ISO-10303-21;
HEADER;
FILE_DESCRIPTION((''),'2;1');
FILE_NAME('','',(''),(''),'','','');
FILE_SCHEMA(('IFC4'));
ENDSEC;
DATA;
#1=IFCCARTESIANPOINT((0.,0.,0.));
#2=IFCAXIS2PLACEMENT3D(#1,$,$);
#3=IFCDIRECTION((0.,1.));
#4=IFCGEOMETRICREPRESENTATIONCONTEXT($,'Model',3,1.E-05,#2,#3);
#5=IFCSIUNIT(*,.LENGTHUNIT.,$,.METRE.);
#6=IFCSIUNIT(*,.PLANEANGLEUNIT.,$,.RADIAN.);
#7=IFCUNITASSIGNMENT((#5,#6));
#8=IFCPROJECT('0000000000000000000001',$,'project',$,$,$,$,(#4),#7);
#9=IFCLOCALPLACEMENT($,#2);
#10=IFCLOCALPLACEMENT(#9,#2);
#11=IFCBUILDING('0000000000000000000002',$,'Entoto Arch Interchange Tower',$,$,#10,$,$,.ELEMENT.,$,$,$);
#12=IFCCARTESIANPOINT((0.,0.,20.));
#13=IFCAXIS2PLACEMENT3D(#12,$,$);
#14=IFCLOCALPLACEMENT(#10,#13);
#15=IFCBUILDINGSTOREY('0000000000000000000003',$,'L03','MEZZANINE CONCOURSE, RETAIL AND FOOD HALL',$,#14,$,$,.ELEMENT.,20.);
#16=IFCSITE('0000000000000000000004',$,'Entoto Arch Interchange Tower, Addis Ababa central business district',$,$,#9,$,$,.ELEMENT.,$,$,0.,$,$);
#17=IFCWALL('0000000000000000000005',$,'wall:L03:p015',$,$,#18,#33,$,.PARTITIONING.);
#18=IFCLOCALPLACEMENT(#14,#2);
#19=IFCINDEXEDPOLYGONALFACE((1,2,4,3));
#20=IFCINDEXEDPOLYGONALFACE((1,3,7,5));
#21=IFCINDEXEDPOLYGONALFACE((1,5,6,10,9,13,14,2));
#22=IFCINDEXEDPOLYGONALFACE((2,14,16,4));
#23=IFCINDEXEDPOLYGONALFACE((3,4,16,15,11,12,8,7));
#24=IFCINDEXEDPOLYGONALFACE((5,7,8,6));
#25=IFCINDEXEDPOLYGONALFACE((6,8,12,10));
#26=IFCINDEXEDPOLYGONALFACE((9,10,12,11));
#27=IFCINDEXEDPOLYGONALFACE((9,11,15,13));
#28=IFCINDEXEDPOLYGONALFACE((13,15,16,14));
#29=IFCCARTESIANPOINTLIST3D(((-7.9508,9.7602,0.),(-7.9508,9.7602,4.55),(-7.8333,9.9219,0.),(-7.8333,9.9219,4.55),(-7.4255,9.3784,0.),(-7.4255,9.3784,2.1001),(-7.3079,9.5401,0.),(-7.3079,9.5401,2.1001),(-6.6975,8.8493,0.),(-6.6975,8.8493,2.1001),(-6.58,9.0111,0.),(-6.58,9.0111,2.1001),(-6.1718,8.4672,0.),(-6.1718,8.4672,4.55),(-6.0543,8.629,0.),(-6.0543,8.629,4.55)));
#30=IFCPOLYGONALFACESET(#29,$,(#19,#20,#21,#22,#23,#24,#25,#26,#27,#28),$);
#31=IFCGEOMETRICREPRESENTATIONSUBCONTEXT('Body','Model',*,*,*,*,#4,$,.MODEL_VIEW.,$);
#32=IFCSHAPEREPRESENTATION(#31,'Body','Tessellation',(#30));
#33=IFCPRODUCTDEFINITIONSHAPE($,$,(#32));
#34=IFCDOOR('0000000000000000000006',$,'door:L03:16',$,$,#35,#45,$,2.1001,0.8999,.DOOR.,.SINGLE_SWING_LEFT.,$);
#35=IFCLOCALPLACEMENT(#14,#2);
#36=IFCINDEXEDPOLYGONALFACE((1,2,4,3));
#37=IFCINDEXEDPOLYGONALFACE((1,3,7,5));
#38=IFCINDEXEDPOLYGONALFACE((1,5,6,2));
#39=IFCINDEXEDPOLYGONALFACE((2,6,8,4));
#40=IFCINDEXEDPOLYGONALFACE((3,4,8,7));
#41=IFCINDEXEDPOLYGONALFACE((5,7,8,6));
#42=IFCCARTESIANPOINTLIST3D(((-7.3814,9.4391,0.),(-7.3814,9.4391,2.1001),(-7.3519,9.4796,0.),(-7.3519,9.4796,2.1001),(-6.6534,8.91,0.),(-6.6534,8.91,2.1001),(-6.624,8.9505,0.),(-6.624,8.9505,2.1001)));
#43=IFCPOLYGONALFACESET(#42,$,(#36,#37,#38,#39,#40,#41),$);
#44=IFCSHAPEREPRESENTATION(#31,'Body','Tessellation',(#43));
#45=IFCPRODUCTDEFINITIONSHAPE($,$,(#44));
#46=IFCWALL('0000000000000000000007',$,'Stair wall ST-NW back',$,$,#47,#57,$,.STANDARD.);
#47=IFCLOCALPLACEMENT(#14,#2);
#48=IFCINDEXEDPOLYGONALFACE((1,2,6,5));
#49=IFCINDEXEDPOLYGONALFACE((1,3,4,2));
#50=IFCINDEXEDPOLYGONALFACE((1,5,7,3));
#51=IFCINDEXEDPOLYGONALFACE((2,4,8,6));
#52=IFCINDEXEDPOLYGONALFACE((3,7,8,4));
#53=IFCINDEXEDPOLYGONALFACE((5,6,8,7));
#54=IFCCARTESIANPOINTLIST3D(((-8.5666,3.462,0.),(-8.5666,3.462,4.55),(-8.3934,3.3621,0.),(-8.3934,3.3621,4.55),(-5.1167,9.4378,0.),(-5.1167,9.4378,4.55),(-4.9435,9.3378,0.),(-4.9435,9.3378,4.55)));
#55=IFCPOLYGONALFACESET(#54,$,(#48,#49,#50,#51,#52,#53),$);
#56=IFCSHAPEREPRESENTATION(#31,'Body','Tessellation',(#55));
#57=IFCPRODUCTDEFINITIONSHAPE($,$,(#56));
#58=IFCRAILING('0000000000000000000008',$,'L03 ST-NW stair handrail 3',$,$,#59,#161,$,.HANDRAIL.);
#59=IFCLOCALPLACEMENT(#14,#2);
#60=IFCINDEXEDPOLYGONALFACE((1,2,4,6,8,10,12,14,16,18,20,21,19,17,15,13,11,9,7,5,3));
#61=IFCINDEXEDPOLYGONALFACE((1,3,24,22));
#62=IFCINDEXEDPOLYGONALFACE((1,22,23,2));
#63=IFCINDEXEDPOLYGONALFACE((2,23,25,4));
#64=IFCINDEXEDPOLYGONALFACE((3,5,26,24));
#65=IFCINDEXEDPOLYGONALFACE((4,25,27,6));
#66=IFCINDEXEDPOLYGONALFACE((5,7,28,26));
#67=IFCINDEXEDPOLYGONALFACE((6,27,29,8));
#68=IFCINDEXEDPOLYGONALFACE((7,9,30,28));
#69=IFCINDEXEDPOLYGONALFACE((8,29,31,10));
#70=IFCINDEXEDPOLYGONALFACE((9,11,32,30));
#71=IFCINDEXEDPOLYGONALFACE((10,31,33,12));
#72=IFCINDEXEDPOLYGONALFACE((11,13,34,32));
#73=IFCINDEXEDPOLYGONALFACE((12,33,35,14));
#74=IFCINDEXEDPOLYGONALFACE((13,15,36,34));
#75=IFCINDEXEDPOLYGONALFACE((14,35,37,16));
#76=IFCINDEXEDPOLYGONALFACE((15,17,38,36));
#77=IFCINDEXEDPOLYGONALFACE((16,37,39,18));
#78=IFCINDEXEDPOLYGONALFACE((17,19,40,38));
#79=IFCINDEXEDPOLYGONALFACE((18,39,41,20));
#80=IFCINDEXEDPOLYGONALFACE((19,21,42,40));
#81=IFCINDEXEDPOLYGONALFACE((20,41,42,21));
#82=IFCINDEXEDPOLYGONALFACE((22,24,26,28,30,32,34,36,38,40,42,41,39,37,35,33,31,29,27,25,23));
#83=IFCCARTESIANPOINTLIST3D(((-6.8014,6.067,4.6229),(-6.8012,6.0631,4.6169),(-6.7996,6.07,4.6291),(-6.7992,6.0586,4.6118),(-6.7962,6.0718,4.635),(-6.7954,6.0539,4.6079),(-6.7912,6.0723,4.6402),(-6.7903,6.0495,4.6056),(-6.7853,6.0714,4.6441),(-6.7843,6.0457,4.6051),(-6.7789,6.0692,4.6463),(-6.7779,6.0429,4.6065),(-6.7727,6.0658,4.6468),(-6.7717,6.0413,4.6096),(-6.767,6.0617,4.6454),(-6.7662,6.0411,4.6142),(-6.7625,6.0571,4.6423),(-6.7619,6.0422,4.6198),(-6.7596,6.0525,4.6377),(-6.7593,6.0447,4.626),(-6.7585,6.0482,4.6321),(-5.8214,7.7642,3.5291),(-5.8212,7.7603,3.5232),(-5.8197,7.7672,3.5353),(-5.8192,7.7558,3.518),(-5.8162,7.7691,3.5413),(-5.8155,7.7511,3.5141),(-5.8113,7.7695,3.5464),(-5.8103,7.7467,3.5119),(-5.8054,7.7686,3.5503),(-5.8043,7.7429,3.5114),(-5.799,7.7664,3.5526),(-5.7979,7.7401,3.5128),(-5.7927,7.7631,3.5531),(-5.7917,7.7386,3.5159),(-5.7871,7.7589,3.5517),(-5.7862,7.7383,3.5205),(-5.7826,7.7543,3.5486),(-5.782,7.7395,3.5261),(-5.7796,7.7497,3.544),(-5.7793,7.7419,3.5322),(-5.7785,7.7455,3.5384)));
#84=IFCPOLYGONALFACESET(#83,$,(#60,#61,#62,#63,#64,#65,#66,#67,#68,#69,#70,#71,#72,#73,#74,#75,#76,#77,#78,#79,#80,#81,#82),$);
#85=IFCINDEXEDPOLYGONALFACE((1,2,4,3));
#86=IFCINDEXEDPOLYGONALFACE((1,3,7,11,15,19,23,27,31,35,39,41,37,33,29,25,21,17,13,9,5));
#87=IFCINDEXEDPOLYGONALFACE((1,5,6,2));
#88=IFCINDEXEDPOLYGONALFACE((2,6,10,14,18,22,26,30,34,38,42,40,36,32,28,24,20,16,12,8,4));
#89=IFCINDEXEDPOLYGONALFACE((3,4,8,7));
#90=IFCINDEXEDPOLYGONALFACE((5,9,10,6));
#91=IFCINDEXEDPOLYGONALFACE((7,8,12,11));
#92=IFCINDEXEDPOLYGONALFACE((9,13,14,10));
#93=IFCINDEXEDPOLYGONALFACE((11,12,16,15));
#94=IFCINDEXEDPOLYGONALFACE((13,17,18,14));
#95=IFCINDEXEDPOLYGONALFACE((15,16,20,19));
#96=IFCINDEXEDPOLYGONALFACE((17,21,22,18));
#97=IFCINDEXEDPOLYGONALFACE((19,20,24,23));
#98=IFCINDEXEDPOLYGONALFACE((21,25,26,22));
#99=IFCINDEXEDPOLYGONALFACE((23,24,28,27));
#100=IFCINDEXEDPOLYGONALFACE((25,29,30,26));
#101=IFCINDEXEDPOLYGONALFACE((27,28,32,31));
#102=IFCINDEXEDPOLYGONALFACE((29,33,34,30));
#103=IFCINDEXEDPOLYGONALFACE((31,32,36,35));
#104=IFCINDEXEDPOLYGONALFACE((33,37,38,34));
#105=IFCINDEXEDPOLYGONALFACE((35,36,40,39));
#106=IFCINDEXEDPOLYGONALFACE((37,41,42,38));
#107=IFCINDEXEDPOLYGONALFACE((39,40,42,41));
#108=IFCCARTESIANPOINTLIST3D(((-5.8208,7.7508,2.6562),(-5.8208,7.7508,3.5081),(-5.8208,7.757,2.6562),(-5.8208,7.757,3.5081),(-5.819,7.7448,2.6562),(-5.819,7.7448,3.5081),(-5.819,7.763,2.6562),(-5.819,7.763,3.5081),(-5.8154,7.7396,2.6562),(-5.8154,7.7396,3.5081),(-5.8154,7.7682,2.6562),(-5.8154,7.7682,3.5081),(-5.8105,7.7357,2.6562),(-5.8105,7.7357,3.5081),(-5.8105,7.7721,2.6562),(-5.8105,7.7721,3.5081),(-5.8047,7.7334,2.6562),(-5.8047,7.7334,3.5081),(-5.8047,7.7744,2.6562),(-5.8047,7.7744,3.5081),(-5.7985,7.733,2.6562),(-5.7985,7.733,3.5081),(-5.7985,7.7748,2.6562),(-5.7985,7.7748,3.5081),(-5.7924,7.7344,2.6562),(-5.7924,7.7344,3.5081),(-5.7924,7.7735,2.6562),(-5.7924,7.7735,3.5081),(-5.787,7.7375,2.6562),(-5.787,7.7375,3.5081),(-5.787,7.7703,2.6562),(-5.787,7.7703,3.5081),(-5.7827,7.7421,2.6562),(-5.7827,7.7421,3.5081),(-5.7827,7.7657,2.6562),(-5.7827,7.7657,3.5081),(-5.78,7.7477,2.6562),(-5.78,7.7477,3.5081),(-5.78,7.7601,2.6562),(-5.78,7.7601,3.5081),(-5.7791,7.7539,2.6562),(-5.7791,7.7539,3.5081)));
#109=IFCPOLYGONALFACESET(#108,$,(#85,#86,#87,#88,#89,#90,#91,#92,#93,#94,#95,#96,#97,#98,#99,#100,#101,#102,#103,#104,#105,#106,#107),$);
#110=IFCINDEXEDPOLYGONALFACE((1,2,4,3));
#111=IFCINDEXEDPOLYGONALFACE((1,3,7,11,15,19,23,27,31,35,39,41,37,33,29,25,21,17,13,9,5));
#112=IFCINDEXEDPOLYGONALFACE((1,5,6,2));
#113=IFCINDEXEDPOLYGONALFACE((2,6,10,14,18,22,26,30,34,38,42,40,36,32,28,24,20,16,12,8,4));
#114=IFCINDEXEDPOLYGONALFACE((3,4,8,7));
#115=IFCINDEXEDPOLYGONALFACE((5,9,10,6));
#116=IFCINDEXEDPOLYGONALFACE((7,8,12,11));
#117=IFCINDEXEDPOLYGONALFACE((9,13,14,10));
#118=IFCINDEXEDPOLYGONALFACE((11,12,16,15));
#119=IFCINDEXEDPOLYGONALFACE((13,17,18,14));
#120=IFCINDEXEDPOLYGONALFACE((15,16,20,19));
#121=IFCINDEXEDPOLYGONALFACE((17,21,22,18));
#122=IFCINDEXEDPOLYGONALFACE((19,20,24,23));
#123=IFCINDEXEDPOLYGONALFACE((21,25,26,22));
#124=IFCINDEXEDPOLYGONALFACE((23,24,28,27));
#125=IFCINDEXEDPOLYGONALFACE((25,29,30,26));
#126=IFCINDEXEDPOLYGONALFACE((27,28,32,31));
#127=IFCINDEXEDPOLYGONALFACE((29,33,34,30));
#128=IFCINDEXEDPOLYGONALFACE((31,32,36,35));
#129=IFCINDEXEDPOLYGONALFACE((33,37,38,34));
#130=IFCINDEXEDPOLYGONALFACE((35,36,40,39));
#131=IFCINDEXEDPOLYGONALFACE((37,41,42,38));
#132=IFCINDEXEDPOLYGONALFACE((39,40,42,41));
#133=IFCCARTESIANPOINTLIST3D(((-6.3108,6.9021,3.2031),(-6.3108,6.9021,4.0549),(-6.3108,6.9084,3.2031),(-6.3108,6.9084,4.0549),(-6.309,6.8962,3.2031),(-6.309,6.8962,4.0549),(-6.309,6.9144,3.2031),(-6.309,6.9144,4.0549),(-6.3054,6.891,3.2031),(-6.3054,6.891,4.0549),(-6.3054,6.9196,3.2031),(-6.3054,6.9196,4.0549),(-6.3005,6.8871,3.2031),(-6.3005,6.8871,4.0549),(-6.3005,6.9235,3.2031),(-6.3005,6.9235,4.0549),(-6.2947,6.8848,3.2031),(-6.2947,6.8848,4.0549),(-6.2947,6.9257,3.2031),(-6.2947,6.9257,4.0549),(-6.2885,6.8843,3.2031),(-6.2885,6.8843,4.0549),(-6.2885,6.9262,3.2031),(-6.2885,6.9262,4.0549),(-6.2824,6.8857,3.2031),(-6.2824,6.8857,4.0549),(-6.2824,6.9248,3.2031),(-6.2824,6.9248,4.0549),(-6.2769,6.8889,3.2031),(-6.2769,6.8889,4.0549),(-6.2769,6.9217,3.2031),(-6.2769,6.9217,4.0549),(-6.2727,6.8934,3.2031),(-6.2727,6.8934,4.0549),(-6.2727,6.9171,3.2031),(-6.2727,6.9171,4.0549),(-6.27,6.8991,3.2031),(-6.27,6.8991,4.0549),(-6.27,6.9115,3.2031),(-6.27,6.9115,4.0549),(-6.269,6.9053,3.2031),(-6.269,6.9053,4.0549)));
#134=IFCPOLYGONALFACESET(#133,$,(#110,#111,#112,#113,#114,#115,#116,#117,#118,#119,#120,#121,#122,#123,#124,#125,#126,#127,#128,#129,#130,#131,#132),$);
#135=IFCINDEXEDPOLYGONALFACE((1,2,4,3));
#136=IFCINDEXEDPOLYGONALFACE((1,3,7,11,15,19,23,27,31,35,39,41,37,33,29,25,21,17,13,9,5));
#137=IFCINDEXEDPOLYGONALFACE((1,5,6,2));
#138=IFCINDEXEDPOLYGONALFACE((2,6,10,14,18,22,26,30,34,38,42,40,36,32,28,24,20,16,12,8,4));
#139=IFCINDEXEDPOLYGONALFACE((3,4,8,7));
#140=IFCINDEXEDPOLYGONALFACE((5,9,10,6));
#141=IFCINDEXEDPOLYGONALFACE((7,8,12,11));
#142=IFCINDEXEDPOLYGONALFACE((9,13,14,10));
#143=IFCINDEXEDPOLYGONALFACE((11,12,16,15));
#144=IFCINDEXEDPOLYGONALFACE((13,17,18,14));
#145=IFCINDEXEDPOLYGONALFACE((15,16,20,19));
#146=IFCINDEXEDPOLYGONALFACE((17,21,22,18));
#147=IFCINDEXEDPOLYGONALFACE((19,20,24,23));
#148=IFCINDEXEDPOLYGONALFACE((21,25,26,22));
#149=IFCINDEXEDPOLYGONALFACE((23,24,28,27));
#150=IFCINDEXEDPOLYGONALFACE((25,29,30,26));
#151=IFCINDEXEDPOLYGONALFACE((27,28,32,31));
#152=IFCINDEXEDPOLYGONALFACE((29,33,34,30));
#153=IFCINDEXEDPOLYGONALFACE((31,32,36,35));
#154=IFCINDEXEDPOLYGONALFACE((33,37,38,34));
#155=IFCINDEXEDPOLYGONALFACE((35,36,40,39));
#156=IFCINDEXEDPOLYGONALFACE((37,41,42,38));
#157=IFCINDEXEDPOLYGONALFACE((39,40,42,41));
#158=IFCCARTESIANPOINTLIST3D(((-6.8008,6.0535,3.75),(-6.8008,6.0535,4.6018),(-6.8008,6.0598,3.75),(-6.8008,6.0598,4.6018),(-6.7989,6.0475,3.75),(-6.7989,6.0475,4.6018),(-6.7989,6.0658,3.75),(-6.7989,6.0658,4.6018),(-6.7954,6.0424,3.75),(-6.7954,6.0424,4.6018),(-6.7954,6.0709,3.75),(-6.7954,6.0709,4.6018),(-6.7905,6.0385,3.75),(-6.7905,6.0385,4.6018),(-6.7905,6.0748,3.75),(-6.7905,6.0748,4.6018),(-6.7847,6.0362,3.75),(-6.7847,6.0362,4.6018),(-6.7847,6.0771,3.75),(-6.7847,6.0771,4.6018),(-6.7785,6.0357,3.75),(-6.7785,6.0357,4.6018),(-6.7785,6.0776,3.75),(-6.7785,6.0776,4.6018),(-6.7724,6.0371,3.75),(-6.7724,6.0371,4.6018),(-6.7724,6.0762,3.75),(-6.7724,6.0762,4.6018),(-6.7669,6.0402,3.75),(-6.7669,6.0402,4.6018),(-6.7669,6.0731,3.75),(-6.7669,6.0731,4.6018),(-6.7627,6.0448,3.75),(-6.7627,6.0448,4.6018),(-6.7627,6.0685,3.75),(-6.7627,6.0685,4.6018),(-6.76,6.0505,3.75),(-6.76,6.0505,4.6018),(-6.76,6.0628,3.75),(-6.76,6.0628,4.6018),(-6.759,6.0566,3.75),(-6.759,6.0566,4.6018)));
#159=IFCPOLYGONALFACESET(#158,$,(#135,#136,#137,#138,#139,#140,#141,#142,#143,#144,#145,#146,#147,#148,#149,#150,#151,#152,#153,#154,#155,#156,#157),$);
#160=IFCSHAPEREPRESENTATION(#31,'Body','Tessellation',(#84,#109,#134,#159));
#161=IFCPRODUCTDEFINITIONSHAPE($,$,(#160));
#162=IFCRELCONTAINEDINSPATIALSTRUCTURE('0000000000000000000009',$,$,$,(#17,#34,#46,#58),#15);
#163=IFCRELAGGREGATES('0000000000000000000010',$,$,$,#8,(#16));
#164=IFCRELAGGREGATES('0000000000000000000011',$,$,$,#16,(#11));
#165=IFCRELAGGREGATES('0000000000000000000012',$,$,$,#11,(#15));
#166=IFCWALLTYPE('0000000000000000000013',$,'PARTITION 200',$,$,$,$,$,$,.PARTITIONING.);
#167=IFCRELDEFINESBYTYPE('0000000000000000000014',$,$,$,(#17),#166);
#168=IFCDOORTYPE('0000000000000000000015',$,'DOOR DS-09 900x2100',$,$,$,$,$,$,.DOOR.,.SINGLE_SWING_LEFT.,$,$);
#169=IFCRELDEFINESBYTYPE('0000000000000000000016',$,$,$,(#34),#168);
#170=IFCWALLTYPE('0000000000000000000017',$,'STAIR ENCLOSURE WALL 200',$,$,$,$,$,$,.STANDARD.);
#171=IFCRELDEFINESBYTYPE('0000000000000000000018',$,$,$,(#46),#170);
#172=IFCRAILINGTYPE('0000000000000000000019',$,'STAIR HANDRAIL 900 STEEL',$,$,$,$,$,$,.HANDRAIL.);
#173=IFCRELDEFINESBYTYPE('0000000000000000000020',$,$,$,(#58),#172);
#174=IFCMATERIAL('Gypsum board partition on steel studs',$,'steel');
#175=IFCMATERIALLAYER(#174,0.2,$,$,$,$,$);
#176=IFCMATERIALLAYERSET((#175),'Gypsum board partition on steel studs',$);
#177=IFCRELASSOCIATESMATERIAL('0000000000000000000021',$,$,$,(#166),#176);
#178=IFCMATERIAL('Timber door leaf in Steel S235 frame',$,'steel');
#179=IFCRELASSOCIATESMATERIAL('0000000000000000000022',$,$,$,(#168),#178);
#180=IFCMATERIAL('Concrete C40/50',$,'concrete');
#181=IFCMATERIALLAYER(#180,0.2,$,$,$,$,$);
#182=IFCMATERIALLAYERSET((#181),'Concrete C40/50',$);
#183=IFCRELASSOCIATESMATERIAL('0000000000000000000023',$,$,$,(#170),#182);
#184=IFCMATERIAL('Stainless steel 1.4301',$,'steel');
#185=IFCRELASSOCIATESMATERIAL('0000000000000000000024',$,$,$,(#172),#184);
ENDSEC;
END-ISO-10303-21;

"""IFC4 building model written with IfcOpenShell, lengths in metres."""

from ifc_helpers import new_model, si_unit, direction, frame, frame_2d, origin, origin_2d, place, context, subcontext, project, spatial, rectangle, circle, extrude, material, layer, layer_set, type_object, element, fill, save


model = new_model("IFC4")

# Units and contexts
model_context = context("Model", 3, precision=1e-05, world=origin(), true_north=direction((0.0, 1.0)))
body_context = subcontext(model_context, "Body", "Model", "MODEL_VIEW")
ifc_project = project(units=[si_unit("LENGTHUNIT", "METRE"), si_unit("PLANEANGLEUNIT", "RADIAN")], contexts=[model_context])

# Site, building, storey
site_placement = place(None, origin())
site = spatial("IfcSite", under=ifc_project, at=site_placement, Name="Entoto Arch Interchange Tower, Addis Ababa central business district", CompositionType="ELEMENT", RefElevation=0.0)
building_placement = place(site_placement, origin())
building = spatial("IfcBuilding", under=site, at=building_placement, Name="Entoto Arch Interchange Tower", CompositionType="ELEMENT")
storey_placement = place(building_placement, frame((0.0, 0.0, 20.0)))
storey = spatial("IfcBuildingStorey", under=building, at=storey_placement, Name="L03", Description="MEZZANINE CONCOURSE, RETAIL AND FOOD HALL", CompositionType="ELEMENT", Elevation=20.0)

# Shared definitions
ifc_material_1 = material(Name="Concrete C40/50", Category="concrete")

# Shared definitions
ifc_material_2 = material(Name="Gypsum board partition on steel studs", Category="steel")
ifc_material_3 = material(Name="Timber door leaf in Steel S235 frame", Category="steel")

# Shared definitions
ifc_layer_1 = layer(ifc_material_2, 0.2)
ifc_layer_set_1 = layer_set([ifc_layer_1], Name="Gypsum board partition on steel studs")
wall_type_1 = type_object("IfcWallType", Name="PARTITION 200", PredefinedType="PARTITIONING", material=ifc_layer_set_1)

# Wall, opening, door
wall_1_placement = place(storey_placement, frame((-6.113, 8.5481, 0.0), z_axis=(0.0, 0.0, 1.0), x_axis=(-0.808928, 0.587908, 0.0)))
wall_1 = element("IfcWall", 1, at=wall_1_placement, inside=storey, type_object=wall_type_1, Name="wall:L03:p015", PredefinedType="PARTITIONING", context=body_context, shape_type="SweptSolid", body=[
    extrude(rectangle(XDim=2.1992, YDim=0.2, at=frame_2d((1.0996, 0.0))), origin(), (0.0, 0.0, 1.0), 4.55),
])
opening_1_placement = place(wall_1_placement, frame((0.6499, 0.0, 0.0)))
opening_1 = element("IfcOpeningElement", 2, at=opening_1_placement, cuts=wall_1, PredefinedType="OPENING", context=body_context, shape_type="SweptSolid", body=[
    extrude(rectangle(XDim=0.8999, YDim=2.1001, at=frame_2d((0.45, 1.05))), frame((0.0, 0.1099, 0.0), z_axis=(0.0, -1.0, 0.0), x_axis=(1.0, 0.0, 0.0)), (0.0, 0.0, 1.0), 0.22),
])
door_type_1 = type_object("IfcDoorType", Name="DOOR DS-09 900x2100", OperationType="SINGLE_SWING_LEFT", PredefinedType="DOOR", material=ifc_material_3)
door_1_placement = place(opening_1_placement, origin())
door_1 = element("IfcDoor", 3, at=door_1_placement, inside=storey, type_object=door_type_1, Name="door:L03:16", OperationType="SINGLE_SWING_LEFT", OverallHeight=2.1001, OverallWidth=0.8999, PredefinedType="DOOR", context=body_context, shape_type="SweptSolid", body=[
    extrude(rectangle(XDim=0.8999, YDim=2.1001, at=frame_2d((0.45, 1.05))), frame((0.0, 0.0249, 0.0), z_axis=(0.0, -1.0, 0.0), x_axis=(1.0, 0.0, 0.0)), (0.0, 0.0, 1.0), 0.05),
])
fill(opening_1, door_1)

# Wall
ifc_layer_2 = layer(ifc_material_1, 0.2)
ifc_layer_set_2 = layer_set([ifc_layer_2], Name="Concrete C40/50")
wall_type_2 = type_object("IfcWallType", Name="STAIR ENCLOSURE WALL 200", PredefinedType="STANDARD", material=ifc_layer_set_2)
wall_2_placement = place(storey_placement, frame((-5.03, 9.3879, 0.0), z_axis=(0.0, 0.0, 1.0), x_axis=(-0.499979, -0.866038, 0.0)))
element("IfcWall", 4, at=wall_2_placement, inside=storey, type_object=wall_type_2, Name="Stair wall ST-NW back", PredefinedType="STANDARD", context=body_context, shape_type="SweptSolid", body=[
    extrude(rectangle(XDim=6.9001, YDim=0.2, at=frame_2d((3.4502, 0.0))), origin(), (0.0, 0.0, 1.0), 4.55),
])

# Railing
ifc_material_4 = material(Name="Stainless steel 1.4301", Category="steel")
railing_type = type_object("IfcRailingType", Name="STAIR HANDRAIL 900 STEEL", PredefinedType="HANDRAIL", material=ifc_material_4)
railing_placement = place(storey_placement, frame((-5.8, 7.7539, 2.6562)))
element("IfcRailing", 5, at=railing_placement, inside=storey, type_object=railing_type, Name="L03 ST-NW stair handrail 3", PredefinedType="HANDRAIL", context=body_context, shape_type="SweptSolid", body=[
    extrude(circle(Radius=0.0239, at=origin_2d()), frame((0.0, 0.0, 0.876), z_axis=(-0.436632, -0.75622, 0.487323), x_axis=(0.866011, -0.500024, 0.0)), (0.0, 0.0, 1.0), 2.2444),
    extrude(circle(Radius=0.021, at=origin_2d()), origin(), (0.0, 0.0, 1.0), 0.8518),
    extrude(circle(Radius=0.021, at=origin_2d()), frame((-0.49, -0.8486, 0.5469)), (0.0, 0.0, 1.0), 0.8518),
    extrude(circle(Radius=0.021, at=origin_2d()), frame((-0.98, -1.6973, 1.0938)), (0.0, 0.0, 1.0), 0.8518),
])

save(model, "model.ifc")
